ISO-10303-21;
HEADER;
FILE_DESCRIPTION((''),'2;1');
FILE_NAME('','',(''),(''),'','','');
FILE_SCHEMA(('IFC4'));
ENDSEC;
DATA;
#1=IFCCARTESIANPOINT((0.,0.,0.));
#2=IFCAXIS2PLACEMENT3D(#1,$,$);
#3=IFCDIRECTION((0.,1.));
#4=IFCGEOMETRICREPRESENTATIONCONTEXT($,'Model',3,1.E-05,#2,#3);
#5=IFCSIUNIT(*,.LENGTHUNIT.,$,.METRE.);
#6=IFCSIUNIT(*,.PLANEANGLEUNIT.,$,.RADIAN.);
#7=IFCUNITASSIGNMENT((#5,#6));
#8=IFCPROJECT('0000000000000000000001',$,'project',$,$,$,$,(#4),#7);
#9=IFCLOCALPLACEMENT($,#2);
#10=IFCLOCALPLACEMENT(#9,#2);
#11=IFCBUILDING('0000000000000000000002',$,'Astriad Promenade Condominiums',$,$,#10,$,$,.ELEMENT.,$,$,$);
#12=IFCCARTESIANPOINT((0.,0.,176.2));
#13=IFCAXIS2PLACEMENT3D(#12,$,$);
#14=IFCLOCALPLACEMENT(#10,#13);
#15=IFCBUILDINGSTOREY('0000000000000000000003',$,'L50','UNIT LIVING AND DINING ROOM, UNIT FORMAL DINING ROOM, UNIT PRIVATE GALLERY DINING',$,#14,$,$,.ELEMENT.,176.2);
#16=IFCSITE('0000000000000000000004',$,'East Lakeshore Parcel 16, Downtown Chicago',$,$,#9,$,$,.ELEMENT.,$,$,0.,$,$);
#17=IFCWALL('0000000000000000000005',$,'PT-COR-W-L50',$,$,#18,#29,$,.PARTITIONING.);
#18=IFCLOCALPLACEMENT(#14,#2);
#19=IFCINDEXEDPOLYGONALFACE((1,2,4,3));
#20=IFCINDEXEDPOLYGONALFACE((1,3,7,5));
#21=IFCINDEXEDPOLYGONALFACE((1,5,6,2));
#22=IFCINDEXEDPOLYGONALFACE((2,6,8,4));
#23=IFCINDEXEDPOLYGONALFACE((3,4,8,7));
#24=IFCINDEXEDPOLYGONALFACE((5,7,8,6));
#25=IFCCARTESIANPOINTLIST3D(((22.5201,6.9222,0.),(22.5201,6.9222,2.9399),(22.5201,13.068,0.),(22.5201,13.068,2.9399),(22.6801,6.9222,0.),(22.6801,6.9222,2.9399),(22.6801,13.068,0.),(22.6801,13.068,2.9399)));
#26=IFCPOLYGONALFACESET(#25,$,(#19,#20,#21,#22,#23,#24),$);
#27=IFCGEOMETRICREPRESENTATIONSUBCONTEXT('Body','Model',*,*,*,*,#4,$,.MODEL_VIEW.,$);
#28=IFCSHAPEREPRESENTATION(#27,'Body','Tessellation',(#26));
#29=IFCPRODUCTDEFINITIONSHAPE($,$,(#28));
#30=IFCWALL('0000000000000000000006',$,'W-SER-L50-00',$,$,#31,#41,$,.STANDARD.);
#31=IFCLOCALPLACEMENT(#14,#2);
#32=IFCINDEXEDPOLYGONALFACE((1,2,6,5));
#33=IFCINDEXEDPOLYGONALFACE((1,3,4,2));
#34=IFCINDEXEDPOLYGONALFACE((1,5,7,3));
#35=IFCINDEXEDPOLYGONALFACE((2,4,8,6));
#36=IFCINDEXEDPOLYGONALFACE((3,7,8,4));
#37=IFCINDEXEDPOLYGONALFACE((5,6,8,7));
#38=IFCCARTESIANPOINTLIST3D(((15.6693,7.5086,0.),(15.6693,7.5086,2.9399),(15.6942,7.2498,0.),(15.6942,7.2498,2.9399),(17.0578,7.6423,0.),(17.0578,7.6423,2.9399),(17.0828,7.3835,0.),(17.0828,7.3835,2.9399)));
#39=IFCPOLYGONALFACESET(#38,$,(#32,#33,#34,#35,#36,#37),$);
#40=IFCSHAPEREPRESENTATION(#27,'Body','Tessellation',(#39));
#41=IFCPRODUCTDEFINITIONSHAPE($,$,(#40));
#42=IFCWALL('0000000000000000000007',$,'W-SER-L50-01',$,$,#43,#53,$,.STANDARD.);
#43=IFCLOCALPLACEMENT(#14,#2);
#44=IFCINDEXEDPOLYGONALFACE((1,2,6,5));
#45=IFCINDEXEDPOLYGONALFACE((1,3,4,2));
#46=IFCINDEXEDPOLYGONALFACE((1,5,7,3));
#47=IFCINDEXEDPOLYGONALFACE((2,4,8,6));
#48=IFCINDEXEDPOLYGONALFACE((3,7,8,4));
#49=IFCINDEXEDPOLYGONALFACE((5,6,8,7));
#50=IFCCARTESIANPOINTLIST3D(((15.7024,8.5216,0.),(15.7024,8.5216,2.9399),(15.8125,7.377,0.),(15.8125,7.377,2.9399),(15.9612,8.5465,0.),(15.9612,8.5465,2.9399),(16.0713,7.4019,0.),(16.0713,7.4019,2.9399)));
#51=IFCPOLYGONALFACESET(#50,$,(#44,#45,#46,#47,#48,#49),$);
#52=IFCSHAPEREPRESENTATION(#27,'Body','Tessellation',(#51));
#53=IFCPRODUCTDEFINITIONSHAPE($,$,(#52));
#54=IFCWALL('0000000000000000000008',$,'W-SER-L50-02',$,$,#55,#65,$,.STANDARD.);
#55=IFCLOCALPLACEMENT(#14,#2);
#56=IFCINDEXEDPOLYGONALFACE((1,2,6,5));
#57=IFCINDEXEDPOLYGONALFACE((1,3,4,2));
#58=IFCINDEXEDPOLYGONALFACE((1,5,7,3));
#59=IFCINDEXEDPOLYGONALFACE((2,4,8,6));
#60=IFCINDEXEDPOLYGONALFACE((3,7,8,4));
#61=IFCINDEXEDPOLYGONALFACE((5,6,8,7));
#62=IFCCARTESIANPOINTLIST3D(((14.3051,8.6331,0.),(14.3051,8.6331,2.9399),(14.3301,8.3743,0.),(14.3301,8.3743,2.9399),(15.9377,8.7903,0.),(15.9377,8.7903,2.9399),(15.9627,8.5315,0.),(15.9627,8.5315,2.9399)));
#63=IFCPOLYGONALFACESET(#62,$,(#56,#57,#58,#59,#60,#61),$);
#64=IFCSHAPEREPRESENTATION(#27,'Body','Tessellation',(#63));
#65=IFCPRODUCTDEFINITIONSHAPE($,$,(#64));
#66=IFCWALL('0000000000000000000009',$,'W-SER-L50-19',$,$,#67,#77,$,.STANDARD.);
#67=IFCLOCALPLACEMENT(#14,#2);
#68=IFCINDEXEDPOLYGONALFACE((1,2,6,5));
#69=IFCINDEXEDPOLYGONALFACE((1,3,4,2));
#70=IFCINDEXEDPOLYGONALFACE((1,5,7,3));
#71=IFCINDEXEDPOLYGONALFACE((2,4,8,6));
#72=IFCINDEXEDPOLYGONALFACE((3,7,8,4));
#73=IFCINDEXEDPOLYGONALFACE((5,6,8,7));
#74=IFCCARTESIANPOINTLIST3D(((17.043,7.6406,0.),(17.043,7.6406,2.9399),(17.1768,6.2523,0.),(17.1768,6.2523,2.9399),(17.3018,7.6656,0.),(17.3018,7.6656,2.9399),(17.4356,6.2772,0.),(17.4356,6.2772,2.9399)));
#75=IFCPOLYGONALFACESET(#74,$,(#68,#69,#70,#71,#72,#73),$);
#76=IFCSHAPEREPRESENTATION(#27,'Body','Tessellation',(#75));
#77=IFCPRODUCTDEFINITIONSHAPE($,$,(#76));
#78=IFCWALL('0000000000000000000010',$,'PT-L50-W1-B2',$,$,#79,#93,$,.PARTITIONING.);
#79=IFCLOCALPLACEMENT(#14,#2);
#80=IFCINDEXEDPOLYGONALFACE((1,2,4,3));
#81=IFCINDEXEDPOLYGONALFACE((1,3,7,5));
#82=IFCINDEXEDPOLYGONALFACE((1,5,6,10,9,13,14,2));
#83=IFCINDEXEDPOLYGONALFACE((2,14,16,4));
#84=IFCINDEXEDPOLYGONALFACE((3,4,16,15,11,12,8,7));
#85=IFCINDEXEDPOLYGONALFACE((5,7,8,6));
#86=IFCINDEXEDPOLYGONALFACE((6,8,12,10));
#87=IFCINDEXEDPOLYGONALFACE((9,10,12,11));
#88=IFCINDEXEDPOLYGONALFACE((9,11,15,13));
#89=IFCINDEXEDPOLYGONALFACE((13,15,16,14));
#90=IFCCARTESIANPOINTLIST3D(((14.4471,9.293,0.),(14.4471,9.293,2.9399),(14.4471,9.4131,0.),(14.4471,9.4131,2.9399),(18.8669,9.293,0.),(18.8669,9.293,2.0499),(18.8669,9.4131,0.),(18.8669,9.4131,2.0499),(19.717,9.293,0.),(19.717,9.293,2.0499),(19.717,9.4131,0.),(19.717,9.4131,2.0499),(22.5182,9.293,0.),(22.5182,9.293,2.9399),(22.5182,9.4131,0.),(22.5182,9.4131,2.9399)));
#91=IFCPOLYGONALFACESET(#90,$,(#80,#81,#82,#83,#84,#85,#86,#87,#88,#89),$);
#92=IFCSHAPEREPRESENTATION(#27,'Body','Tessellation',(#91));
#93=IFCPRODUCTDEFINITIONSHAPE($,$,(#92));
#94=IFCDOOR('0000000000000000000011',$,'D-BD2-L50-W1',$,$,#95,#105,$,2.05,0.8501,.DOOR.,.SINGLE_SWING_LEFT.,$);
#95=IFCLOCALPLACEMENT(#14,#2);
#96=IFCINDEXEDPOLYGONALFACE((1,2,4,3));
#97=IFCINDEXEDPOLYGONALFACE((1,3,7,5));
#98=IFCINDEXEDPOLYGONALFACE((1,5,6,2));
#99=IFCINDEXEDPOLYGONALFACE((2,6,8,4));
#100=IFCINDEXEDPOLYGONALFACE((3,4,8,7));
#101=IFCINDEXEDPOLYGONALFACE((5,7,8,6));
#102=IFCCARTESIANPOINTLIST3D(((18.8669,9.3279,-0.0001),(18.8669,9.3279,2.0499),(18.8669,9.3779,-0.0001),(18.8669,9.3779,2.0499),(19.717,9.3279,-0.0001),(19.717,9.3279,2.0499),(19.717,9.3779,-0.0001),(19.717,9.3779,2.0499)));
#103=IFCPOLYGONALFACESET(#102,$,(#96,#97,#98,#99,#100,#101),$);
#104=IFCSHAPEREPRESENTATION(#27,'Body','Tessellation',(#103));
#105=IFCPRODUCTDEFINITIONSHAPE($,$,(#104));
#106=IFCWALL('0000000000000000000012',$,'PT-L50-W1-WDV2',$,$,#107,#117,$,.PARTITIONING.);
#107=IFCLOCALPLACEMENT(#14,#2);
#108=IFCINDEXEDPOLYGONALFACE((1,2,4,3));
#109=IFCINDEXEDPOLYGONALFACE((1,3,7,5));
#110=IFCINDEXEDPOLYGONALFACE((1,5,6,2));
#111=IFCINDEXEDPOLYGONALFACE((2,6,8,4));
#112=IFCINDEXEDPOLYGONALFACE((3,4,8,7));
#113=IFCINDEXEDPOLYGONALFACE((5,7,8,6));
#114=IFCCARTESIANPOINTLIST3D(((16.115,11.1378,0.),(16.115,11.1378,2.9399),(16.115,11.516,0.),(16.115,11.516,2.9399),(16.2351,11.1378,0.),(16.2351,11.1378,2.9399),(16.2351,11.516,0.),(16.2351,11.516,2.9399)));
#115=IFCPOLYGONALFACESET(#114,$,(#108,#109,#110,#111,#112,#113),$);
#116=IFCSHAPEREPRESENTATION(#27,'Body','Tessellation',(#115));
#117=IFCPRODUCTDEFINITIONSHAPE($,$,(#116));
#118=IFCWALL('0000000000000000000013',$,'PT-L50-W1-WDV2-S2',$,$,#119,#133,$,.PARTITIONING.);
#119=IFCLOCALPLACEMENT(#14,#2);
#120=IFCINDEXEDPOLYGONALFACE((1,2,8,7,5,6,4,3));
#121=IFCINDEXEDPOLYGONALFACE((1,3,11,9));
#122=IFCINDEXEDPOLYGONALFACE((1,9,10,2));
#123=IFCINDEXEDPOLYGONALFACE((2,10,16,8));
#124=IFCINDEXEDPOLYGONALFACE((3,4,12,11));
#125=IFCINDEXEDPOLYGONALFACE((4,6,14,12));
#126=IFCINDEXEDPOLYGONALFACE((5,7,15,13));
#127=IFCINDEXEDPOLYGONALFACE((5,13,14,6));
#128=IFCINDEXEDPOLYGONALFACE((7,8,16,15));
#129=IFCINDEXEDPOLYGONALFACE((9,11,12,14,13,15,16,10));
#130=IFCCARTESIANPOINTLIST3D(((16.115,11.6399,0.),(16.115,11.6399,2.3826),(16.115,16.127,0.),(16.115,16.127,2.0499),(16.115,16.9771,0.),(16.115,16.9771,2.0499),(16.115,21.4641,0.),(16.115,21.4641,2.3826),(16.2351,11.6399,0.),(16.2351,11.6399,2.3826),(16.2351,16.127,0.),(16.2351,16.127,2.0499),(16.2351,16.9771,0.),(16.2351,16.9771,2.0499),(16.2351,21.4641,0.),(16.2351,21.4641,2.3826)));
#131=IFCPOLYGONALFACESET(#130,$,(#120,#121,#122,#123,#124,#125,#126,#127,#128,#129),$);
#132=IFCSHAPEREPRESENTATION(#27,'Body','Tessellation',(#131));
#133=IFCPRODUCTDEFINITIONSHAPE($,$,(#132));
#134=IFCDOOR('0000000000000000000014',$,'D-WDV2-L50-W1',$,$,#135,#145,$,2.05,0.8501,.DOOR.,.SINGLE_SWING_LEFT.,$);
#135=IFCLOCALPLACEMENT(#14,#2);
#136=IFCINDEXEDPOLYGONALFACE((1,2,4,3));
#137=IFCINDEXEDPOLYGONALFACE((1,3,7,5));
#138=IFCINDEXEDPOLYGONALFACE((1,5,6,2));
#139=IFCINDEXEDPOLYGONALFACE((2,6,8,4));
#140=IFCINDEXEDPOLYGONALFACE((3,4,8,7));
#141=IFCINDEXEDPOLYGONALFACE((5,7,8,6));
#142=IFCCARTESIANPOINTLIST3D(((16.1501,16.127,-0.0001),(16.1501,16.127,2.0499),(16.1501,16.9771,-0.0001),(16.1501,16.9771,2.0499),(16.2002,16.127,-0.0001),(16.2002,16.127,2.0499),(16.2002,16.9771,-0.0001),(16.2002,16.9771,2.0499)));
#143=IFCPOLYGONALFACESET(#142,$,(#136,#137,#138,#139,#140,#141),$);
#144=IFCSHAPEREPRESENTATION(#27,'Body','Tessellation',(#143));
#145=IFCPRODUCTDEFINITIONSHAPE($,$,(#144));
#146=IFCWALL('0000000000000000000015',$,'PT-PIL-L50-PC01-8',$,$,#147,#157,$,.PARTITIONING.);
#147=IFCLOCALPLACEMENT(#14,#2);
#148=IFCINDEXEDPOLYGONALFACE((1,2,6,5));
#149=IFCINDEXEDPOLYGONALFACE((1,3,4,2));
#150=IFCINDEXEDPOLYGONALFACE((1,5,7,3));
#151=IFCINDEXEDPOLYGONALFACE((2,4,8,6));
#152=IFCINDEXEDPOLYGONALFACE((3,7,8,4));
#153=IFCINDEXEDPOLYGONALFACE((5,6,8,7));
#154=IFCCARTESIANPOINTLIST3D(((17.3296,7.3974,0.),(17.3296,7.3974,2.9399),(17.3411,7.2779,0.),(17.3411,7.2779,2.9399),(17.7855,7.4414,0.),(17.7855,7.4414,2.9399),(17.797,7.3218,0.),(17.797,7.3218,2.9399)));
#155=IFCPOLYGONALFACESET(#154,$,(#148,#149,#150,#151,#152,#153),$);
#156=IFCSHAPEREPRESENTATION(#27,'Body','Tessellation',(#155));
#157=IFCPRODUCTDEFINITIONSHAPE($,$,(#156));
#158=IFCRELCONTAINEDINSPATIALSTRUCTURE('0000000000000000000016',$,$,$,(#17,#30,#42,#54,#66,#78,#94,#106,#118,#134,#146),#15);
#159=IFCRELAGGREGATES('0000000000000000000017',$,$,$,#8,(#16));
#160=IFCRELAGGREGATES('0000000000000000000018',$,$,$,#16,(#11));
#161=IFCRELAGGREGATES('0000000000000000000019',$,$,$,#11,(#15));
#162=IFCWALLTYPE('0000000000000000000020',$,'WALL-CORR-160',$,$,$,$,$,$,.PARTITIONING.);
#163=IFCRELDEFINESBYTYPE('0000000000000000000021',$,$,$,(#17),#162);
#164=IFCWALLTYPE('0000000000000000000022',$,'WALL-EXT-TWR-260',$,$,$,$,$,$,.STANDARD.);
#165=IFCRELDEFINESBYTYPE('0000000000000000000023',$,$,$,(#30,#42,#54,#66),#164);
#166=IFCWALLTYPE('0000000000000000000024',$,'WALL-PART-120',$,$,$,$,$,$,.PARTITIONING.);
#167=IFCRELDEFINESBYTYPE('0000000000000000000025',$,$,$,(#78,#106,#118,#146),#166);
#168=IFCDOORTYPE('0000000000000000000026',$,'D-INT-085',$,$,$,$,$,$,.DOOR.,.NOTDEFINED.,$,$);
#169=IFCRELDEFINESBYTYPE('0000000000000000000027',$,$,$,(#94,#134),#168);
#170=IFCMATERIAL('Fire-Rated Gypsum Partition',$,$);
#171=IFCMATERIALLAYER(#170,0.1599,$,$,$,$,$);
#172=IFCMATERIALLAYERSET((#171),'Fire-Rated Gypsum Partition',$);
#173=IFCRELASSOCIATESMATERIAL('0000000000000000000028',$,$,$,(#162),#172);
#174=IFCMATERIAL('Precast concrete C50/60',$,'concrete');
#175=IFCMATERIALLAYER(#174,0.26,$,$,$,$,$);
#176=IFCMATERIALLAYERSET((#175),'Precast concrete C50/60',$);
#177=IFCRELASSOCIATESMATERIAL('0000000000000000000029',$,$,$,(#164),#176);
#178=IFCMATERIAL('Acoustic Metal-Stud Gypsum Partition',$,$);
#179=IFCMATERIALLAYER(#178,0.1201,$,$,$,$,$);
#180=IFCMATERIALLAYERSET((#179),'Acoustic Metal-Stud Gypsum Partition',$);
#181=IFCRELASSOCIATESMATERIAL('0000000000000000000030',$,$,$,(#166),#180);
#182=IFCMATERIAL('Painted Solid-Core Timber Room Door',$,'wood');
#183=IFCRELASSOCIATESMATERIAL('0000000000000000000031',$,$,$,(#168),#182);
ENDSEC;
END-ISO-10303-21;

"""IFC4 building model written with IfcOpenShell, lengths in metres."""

from ifc_helpers import new_model, si_unit, direction, frame, frame_2d, origin, place, context, subcontext, project, spatial, rectangle, extrude, source, transform, mapped, material, layer, layer_set, type_object, type_shapes, element, fill, save


model = new_model("IFC4")

# Units and contexts
model_context = context("Model", 3, precision=1e-05, world=origin(), true_north=direction((0.0, 1.0)))
body_context = subcontext(model_context, "Body", "Model", "MODEL_VIEW")
ifc_project = project(units=[si_unit("LENGTHUNIT", "METRE"), si_unit("PLANEANGLEUNIT", "RADIAN")], contexts=[model_context])

# Site, building, storey
site_placement = place(None, origin())
site = spatial("IfcSite", under=ifc_project, at=site_placement, Name="East Lakeshore Parcel 16, Downtown Chicago", CompositionType="ELEMENT", RefElevation=0.0)
building_placement = place(site_placement, origin())
building = spatial("IfcBuilding", under=site, at=building_placement, Name="Astriad Promenade Condominiums", CompositionType="ELEMENT")
storey_placement = place(building_placement, frame((0.0, 0.0, 176.2)))
storey = spatial("IfcBuildingStorey", under=building, at=storey_placement, Name="L50", Description="UNIT LIVING AND DINING ROOM, UNIT FORMAL DINING ROOM, UNIT PRIVATE GALLERY DINING", CompositionType="ELEMENT", Elevation=176.2)

# Shared definitions
ifc_material_1 = material(Name="Fire-Rated Gypsum Partition")
ifc_layer_1 = layer(ifc_material_1, 0.1599)
ifc_layer_set_1 = layer_set([ifc_layer_1], Name="Fire-Rated Gypsum Partition")
wall_type_1 = type_object("IfcWallType", Name="WALL-CORR-160", PredefinedType="PARTITIONING", material=ifc_layer_set_1)

# Walls
wall_1_placement = place(storey_placement, frame((22.6001, 6.9224, 0.0), z_axis=(0.0, 0.0, 1.0), x_axis=(0.0, 1.0, 0.0)))
element("IfcWall", 1, at=wall_1_placement, inside=storey, type_object=wall_type_1, Name="PT-COR-W-L50", PredefinedType="PARTITIONING", context=body_context, shape_type="SweptSolid", body=[
    extrude(rectangle(XDim=6.1458, YDim=0.1599, at=frame_2d((3.0728, 0.0))), origin(), (0.0, 0.0, 1.0), 2.9399),
])
ifc_material_2 = material(Name="Precast concrete C50/60", Category="concrete")
ifc_layer_2 = layer(ifc_material_2, 0.26)
ifc_layer_set_2 = layer_set([ifc_layer_2], Name="Precast concrete C50/60")
wall_type_2 = type_object("IfcWallType", Name="WALL-EXT-TWR-260", PredefinedType="STANDARD", material=ifc_layer_set_2)
wall_2_placement = place(storey_placement, frame((17.0703, 7.5129, 0.0), z_axis=(0.0, 0.0, 1.0), x_axis=(-0.995391, -0.095899, 0.0)))
element("IfcWall", 2, at=wall_2_placement, inside=storey, type_object=wall_type_2, Name="W-SER-L50-00", PredefinedType="STANDARD", context=body_context, shape_type="SweptSolid", body=[
    extrude(rectangle(XDim=1.395, YDim=0.26, at=frame_2d((0.6975, 0.0))), origin(), (0.0, 0.0, 1.0), 2.9399),
])
wall_3_placement = place(storey_placement, frame((15.9419, 7.3894, 0.0), z_axis=(0.0, 0.0, 1.0), x_axis=(-0.095761, 0.995404, 0.0)))
element("IfcWall", 3, at=wall_3_placement, inside=storey, type_object=wall_type_2, Name="W-SER-L50-01", PredefinedType="STANDARD", context=body_context, shape_type="SweptSolid", body=[
    extrude(rectangle(XDim=1.1499, YDim=0.26, at=frame_2d((0.575, 0.0))), origin(), (0.0, 0.0, 1.0), 2.9399),
])
wall_4_placement = place(storey_placement, frame((15.9502, 8.6609, 0.0), z_axis=(0.0, 0.0, 1.0), x_axis=(-0.995395, -0.095863, 0.0)))
element("IfcWall", 4, at=wall_4_placement, inside=storey, type_object=wall_type_2, Name="W-SER-L50-02", PredefinedType="STANDARD", context=body_context, shape_type="SweptSolid", body=[
    extrude(rectangle(XDim=1.6401, YDim=0.26, at=frame_2d((0.8201, 0.0))), origin(), (0.0, 0.0, 1.0), 2.9399),
])
wall_5_placement = place(storey_placement, frame((17.3062, 6.2649, 0.0), z_axis=(0.0, 0.0, 1.0), x_axis=(-0.095916, 0.995389, 0.0)))
element("IfcWall", 5, at=wall_5_placement, inside=storey, type_object=wall_type_2, Name="W-SER-L50-19", PredefinedType="STANDARD", context=body_context, shape_type="SweptSolid", body=[
    extrude(rectangle(XDim=1.3948, YDim=0.26, at=frame_2d((0.6973, 0.0))), origin(), (0.0, 0.0, 1.0), 2.9399),
])

# Wall, opening, door
ifc_material_3 = material(Name="Acoustic Metal-Stud Gypsum Partition")
ifc_layer_3 = layer(ifc_material_3, 0.1201)
ifc_layer_set_3 = layer_set([ifc_layer_3], Name="Acoustic Metal-Stud Gypsum Partition")
wall_type_3 = type_object("IfcWallType", Name="WALL-PART-120", PredefinedType="PARTITIONING", material=ifc_layer_set_3)
wall_6_placement = place(storey_placement, frame((14.447, 9.353, 0.0), z_axis=(0.0, 0.0, 1.0), x_axis=(1.0, 0.0, 0.0)))
wall_6 = element("IfcWall", 6, at=wall_6_placement, inside=storey, type_object=wall_type_3, Name="PT-L50-W1-B2", PredefinedType="PARTITIONING", context=body_context, shape_type="SweptSolid", body=[
    extrude(rectangle(XDim=8.071, YDim=0.1201, at=frame_2d((4.0356, 0.0))), origin(), (0.0, 0.0, 1.0), 2.9399),
])
opening_1_placement = place(wall_6_placement, frame((4.4199, 0.0, 0.0)))
opening_1 = element("IfcOpeningElement", 7, at=opening_1_placement, cuts=wall_6, PredefinedType="OPENING", context=body_context, shape_type="SweptSolid", body=[
    extrude(rectangle(XDim=0.8501, YDim=2.05, at=frame_2d((0.425, 1.0249))), frame((0.0, 0.0701, 0.0), z_axis=(0.0, -1.0, 0.0), x_axis=(1.0, 0.0, 0.0)), (0.0, 0.0, 1.0), 0.1401),
])
ifc_material_4 = material(Name="Painted Solid-Core Timber Room Door", Category="wood")
door_type_1 = type_object("IfcDoorType", Name="D-INT-085", OperationType="NOTDEFINED", PredefinedType="DOOR", material=ifc_material_4)
shared_shape_1 = source(origin(), body_context, "Body", "SweptSolid", [
    extrude(rectangle(XDim=0.8501, YDim=2.05, at=frame_2d((0.425, 1.0249))), frame((0.0, 0.0249, 0.0), z_axis=(0.0, -1.0, 0.0), x_axis=(1.0, 0.0, 0.0)), (0.0, 0.0, 1.0), 0.05),
])
type_shapes(door_type_1, [shared_shape_1])
door_1_placement = place(opening_1_placement, origin())
door_1 = element("IfcDoor", 8, at=door_1_placement, inside=storey, type_object=door_type_1, Name="D-BD2-L50-W1", OperationType="SINGLE_SWING_LEFT", OverallHeight=2.05, OverallWidth=0.8501, PredefinedType="DOOR", context=body_context, shape_type="MappedRepresentation", body=[
    mapped(shared_shape_1, transform((0.0, 0.0, 0.0), scale=1.0)),
])
fill(opening_1, door_1)

# Wall
wall_7_placement = place(storey_placement, frame((16.175, 11.1379, 0.0), z_axis=(0.0, 0.0, 1.0), x_axis=(0.0, 1.0, 0.0)))
element("IfcWall", 9, at=wall_7_placement, inside=storey, type_object=wall_type_3, Name="PT-L50-W1-WDV2", PredefinedType="PARTITIONING", context=body_context, shape_type="SweptSolid", body=[
    extrude(rectangle(XDim=0.3782, YDim=0.1201, at=frame_2d((0.189, 0.0))), origin(), (0.0, 0.0, 1.0), 2.9399),
])

# Wall, opening, door
wall_8_placement = place(storey_placement, frame((16.175, 11.6399, 0.0), z_axis=(0.0, 0.0, 1.0), x_axis=(0.0, 1.0, 0.0)))
wall_8 = element("IfcWall", 10, at=wall_8_placement, inside=storey, type_object=wall_type_3, Name="PT-L50-W1-WDV2-S2", PredefinedType="PARTITIONING", context=body_context, shape_type="SweptSolid", body=[
    extrude(rectangle(XDim=9.8242, YDim=0.1201, at=frame_2d((4.9121, 0.0))), origin(), (0.0, 0.0, 1.0), 2.3826),
])
opening_2_placement = place(wall_8_placement, frame((4.4871, 0.0, 0.0)))
opening_2 = element("IfcOpeningElement", 11, at=opening_2_placement, cuts=wall_8, PredefinedType="OPENING", context=body_context, shape_type="SweptSolid", body=[
    extrude(rectangle(XDim=0.8501, YDim=2.05, at=frame_2d((0.425, 1.0249))), frame((0.0, 0.0701, 0.0), z_axis=(0.0, -1.0, 0.0), x_axis=(1.0, 0.0, 0.0)), (0.0, 0.0, 1.0), 0.1401),
])
door_2_placement = place(opening_2_placement, origin())
door_2 = element("IfcDoor", 12, at=door_2_placement, inside=storey, type_object=door_type_1, Name="D-WDV2-L50-W1", OperationType="SINGLE_SWING_LEFT", OverallHeight=2.05, OverallWidth=0.8501, PredefinedType="DOOR", context=body_context, shape_type="MappedRepresentation", body=[
    mapped(shared_shape_1, transform((0.0, 0.0, 0.0), scale=1.0)),
])
fill(opening_2, door_2)

# Wall
wall_9_placement = place(storey_placement, frame((17.7913, 7.3816, 0.0), z_axis=(0.0, 0.0, 1.0), x_axis=(-0.995385, -0.095966, 0.0)))
element("IfcWall", 13, at=wall_9_placement, inside=storey, type_object=wall_type_3, Name="PT-PIL-L50-PC01-8", PredefinedType="PARTITIONING", context=body_context, shape_type="SweptSolid", body=[
    extrude(rectangle(XDim=0.458, YDim=0.1201, at=frame_2d((0.229, 0.0))), origin(), (0.0, 0.0, 1.0), 2.9399),
])

save(model, "model.ifc")
